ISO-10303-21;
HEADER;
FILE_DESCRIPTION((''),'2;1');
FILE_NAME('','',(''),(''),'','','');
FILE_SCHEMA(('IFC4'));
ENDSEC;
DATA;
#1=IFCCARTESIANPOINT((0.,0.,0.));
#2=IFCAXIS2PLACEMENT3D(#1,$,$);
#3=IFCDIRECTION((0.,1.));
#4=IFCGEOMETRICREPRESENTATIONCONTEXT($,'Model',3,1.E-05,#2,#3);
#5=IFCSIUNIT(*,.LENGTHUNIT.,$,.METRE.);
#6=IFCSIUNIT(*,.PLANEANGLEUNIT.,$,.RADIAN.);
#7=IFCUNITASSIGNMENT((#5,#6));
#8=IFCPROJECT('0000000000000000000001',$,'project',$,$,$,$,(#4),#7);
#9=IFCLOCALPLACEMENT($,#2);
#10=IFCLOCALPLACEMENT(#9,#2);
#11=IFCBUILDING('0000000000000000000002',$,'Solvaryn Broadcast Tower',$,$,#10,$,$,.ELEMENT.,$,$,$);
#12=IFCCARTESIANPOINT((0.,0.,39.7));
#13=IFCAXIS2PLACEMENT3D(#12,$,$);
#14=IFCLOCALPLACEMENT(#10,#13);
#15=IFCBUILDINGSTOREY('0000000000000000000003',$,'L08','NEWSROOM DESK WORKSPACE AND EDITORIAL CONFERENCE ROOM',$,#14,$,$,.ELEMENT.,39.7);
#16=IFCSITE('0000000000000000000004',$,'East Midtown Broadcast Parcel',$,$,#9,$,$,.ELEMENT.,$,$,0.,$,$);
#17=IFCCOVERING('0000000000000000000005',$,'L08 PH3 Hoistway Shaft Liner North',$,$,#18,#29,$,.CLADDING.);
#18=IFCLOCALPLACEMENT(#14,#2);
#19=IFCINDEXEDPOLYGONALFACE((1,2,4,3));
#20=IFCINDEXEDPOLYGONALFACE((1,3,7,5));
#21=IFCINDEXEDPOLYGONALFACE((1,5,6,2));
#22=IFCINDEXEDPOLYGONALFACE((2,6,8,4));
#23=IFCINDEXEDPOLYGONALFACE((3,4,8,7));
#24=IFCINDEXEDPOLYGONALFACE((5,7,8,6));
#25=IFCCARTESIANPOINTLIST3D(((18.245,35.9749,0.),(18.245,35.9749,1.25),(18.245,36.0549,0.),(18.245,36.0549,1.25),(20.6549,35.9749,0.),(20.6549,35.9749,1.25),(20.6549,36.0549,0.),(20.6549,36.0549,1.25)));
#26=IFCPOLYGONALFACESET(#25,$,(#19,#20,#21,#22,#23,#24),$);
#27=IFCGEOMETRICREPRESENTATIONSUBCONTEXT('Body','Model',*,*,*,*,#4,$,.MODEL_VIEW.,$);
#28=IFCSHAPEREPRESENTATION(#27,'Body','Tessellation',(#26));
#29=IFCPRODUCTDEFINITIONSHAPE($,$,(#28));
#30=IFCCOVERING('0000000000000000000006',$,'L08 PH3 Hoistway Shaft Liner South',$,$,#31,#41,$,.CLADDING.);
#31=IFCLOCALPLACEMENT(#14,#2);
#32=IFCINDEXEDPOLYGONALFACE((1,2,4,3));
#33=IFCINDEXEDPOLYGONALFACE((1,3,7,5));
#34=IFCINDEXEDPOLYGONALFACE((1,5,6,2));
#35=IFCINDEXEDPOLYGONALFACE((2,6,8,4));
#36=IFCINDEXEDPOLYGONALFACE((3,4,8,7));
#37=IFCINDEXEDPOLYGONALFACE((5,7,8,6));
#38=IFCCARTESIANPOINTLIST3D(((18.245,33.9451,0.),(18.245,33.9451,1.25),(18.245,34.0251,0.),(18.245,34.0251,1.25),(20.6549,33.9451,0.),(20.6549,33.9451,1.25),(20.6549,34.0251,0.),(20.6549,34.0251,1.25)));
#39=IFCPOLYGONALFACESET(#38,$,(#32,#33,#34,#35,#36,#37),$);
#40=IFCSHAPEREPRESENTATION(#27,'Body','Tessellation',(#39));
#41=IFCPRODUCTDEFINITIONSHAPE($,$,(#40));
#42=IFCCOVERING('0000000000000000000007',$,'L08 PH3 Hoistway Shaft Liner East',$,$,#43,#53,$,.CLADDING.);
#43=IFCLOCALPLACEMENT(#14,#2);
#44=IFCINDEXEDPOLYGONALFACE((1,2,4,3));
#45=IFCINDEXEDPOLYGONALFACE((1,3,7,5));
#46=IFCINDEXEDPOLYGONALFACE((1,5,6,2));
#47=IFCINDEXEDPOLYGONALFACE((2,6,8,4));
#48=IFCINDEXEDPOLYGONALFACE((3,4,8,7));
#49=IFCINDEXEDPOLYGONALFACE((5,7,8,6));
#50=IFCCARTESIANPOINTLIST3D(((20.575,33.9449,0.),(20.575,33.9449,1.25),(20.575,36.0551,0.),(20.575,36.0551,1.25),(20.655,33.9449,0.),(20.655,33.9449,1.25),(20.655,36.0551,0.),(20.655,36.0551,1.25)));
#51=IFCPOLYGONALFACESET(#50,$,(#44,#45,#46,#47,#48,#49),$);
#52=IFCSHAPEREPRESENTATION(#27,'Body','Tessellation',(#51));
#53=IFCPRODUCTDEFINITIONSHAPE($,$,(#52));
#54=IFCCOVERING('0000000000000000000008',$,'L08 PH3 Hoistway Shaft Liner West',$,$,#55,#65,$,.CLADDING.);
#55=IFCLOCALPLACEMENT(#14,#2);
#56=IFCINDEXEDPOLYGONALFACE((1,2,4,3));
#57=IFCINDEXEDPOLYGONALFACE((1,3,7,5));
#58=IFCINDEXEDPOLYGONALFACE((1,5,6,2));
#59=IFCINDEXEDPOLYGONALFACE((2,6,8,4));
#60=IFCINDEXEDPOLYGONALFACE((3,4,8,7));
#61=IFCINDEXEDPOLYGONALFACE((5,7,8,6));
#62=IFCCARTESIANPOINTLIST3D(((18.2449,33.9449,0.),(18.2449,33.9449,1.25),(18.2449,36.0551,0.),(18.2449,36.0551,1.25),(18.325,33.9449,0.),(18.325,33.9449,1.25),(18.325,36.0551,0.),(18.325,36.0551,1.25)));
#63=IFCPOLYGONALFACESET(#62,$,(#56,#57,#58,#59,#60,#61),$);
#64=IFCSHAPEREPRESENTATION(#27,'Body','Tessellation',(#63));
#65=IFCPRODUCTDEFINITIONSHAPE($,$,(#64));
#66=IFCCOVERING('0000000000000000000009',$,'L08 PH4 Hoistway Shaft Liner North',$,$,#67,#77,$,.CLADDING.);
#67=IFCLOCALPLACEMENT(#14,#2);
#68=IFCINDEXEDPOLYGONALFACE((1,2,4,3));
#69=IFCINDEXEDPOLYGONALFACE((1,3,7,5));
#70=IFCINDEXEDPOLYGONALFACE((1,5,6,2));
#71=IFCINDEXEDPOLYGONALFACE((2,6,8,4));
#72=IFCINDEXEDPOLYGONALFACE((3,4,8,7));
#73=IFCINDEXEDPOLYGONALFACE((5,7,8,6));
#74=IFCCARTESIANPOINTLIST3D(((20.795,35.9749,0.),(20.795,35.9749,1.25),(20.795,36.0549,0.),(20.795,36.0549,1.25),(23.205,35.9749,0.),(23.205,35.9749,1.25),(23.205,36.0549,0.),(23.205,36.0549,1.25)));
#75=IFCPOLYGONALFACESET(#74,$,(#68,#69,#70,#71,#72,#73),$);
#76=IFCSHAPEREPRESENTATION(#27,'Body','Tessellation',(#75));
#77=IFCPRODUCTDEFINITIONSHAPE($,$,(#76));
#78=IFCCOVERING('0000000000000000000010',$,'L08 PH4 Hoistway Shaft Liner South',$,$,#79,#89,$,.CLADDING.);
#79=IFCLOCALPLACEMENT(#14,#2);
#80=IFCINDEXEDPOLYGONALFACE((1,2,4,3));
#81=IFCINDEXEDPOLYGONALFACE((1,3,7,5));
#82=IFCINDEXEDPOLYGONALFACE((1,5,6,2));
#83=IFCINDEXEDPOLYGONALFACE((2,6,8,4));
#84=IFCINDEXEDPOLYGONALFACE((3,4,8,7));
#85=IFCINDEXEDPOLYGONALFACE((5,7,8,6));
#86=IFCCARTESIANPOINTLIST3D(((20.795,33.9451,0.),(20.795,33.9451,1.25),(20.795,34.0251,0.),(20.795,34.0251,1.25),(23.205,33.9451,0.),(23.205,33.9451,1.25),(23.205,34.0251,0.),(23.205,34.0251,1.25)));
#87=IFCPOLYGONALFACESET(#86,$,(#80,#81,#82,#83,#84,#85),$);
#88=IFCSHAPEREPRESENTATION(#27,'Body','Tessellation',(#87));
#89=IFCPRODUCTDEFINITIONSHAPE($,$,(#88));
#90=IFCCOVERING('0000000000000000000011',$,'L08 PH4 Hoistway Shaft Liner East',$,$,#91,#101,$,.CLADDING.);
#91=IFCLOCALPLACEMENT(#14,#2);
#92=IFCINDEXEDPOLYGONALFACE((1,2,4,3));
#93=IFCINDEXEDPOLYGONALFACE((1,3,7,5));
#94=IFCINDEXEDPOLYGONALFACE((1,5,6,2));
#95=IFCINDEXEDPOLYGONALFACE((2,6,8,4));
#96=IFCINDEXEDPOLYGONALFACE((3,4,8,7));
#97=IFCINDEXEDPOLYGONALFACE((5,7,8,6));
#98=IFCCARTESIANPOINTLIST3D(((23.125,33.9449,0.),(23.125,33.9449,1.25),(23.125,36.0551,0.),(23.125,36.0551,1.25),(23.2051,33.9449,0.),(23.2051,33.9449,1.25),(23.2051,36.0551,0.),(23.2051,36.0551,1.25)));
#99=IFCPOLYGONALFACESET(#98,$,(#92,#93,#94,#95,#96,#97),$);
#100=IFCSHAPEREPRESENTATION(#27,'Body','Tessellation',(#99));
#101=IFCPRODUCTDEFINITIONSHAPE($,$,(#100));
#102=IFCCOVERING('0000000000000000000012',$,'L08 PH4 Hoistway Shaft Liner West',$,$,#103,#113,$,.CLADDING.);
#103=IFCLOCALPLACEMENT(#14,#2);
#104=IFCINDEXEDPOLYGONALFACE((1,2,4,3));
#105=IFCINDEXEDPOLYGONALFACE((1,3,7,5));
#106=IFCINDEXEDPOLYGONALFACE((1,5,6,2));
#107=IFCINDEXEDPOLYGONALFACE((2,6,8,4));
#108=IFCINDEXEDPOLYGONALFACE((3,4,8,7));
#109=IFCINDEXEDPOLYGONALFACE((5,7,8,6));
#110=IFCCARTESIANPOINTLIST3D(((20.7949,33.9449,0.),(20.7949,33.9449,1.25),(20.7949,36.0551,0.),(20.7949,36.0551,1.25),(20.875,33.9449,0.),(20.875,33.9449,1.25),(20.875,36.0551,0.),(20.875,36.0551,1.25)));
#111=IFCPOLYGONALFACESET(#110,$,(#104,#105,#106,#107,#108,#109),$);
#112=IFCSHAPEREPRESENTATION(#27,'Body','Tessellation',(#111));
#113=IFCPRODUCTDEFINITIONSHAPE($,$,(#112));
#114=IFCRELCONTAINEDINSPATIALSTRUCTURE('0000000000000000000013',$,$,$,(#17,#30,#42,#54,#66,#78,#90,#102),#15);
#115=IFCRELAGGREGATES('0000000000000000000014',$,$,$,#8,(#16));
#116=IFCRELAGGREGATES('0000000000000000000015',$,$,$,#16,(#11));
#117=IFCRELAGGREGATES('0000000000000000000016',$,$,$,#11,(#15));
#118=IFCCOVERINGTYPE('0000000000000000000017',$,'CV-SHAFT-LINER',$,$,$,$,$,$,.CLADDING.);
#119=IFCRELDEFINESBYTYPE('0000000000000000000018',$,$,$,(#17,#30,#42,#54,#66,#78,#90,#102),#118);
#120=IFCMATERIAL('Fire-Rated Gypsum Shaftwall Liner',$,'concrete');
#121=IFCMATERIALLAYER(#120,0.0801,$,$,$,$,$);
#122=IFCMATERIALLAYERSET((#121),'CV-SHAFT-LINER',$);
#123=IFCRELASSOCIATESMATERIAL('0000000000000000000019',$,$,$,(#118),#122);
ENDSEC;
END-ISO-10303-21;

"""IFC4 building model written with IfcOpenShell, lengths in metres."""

from ifc_helpers import new_model, si_unit, direction, frame, origin, origin_2d, place, context, subcontext, project, spatial, rectangle, extrude, material, layer, layer_set, type_object, element, save


model = new_model("IFC4")

# Units and contexts
model_context = context("Model", 3, precision=1e-05, world=origin(), true_north=direction((0.0, 1.0)))
body_context = subcontext(model_context, "Body", "Model", "MODEL_VIEW")
ifc_project = project(units=[si_unit("LENGTHUNIT", "METRE"), si_unit("PLANEANGLEUNIT", "RADIAN")], contexts=[model_context])

# Site, building, storey
site_placement = place(None, origin())
site = spatial("IfcSite", under=ifc_project, at=site_placement, Name="East Midtown Broadcast Parcel", CompositionType="ELEMENT", RefElevation=0.0)
building_placement = place(site_placement, origin())
building = spatial("IfcBuilding", under=site, at=building_placement, Name="Solvaryn Broadcast Tower", CompositionType="ELEMENT")
storey_placement = place(building_placement, frame((0.0, 0.0, 39.7)))
storey = spatial("IfcBuildingStorey", under=building, at=storey_placement, Name="L08", Description="NEWSROOM DESK WORKSPACE AND EDITORIAL CONFERENCE ROOM", CompositionType="ELEMENT", Elevation=39.7)

# Coverings
ifc_material_1 = material(Name="Fire-Rated Gypsum Shaftwall Liner", Category="concrete")
ifc_layer_1 = layer(ifc_material_1, 0.0801)
ifc_layer_set_1 = layer_set([ifc_layer_1], Name="CV-SHAFT-LINER")
covering_type = type_object("IfcCoveringType", Name="CV-SHAFT-LINER", PredefinedType="CLADDING", material=ifc_layer_set_1)
for number, where, z_axis, x_axis, name in (
    (1, (19.45, 36.0149, 0.0), (0.0, 0.0, 1.0), (1.0, 0.0, 0.0), "L08 PH3 Hoistway Shaft Liner North"),
    (2, (19.45, 33.9851, 0.0), (0.0, 0.0, 1.0), (1.0, 0.0, 0.0), "L08 PH3 Hoistway Shaft Liner South"),
):
    element("IfcCovering", number, at=place(storey_placement, frame(where, z_axis=z_axis, x_axis=x_axis)), inside=storey, type_object=covering_type, Name=name, PredefinedType="CLADDING", context=body_context, shape_type="SweptSolid", body=[
        extrude(rectangle(XDim=2.4099, YDim=0.0801, at=origin_2d()), origin(), (0.0, 0.0, 1.0), 1.25),
    ])
for number, where, z_axis, x_axis, name in (
    (3, (20.615, 35.0, 0.0), (0.0, 0.0, 1.0), (1.0, 0.0, 0.0), "L08 PH3 Hoistway Shaft Liner East"),
    (4, (18.2849, 35.0, 0.0), (0.0, 0.0, 1.0), (1.0, 0.0, 0.0), "L08 PH3 Hoistway Shaft Liner West"),
):
    element("IfcCovering", number, at=place(storey_placement, frame(where, z_axis=z_axis, x_axis=x_axis)), inside=storey, type_object=covering_type, Name=name, PredefinedType="CLADDING", context=body_context, shape_type="SweptSolid", body=[
        extrude(rectangle(XDim=0.0801, YDim=2.1101, at=origin_2d()), origin(), (0.0, 0.0, 1.0), 1.25),
    ])
for number, where, z_axis, x_axis, name in (
    (5, (22.0, 36.0149, 0.0), (0.0, 0.0, 1.0), (1.0, 0.0, 0.0), "L08 PH4 Hoistway Shaft Liner North"),
    (6, (22.0, 33.9851, 0.0), (0.0, 0.0, 1.0), (1.0, 0.0, 0.0), "L08 PH4 Hoistway Shaft Liner South"),
):
    element("IfcCovering", number, at=place(storey_placement, frame(where, z_axis=z_axis, x_axis=x_axis)), inside=storey, type_object=covering_type, Name=name, PredefinedType="CLADDING", context=body_context, shape_type="SweptSolid", body=[
        extrude(rectangle(XDim=2.4099, YDim=0.0801, at=origin_2d()), origin(), (0.0, 0.0, 1.0), 1.25),
    ])
for number, where, z_axis, x_axis, name in (
    (7, (23.165, 35.0, 0.0), (0.0, 0.0, 1.0), (1.0, 0.0, 0.0), "L08 PH4 Hoistway Shaft Liner East"),
    (8, (20.835, 35.0, 0.0), (0.0, 0.0, 1.0), (1.0, 0.0, 0.0), "L08 PH4 Hoistway Shaft Liner West"),
):
    element("IfcCovering", number, at=place(storey_placement, frame(where, z_axis=z_axis, x_axis=x_axis)), inside=storey, type_object=covering_type, Name=name, PredefinedType="CLADDING", context=body_context, shape_type="SweptSolid", body=[
        extrude(rectangle(XDim=0.0801, YDim=2.1101, at=origin_2d()), origin(), (0.0, 0.0, 1.0), 1.25),
    ])

save(model, "model.ifc")
